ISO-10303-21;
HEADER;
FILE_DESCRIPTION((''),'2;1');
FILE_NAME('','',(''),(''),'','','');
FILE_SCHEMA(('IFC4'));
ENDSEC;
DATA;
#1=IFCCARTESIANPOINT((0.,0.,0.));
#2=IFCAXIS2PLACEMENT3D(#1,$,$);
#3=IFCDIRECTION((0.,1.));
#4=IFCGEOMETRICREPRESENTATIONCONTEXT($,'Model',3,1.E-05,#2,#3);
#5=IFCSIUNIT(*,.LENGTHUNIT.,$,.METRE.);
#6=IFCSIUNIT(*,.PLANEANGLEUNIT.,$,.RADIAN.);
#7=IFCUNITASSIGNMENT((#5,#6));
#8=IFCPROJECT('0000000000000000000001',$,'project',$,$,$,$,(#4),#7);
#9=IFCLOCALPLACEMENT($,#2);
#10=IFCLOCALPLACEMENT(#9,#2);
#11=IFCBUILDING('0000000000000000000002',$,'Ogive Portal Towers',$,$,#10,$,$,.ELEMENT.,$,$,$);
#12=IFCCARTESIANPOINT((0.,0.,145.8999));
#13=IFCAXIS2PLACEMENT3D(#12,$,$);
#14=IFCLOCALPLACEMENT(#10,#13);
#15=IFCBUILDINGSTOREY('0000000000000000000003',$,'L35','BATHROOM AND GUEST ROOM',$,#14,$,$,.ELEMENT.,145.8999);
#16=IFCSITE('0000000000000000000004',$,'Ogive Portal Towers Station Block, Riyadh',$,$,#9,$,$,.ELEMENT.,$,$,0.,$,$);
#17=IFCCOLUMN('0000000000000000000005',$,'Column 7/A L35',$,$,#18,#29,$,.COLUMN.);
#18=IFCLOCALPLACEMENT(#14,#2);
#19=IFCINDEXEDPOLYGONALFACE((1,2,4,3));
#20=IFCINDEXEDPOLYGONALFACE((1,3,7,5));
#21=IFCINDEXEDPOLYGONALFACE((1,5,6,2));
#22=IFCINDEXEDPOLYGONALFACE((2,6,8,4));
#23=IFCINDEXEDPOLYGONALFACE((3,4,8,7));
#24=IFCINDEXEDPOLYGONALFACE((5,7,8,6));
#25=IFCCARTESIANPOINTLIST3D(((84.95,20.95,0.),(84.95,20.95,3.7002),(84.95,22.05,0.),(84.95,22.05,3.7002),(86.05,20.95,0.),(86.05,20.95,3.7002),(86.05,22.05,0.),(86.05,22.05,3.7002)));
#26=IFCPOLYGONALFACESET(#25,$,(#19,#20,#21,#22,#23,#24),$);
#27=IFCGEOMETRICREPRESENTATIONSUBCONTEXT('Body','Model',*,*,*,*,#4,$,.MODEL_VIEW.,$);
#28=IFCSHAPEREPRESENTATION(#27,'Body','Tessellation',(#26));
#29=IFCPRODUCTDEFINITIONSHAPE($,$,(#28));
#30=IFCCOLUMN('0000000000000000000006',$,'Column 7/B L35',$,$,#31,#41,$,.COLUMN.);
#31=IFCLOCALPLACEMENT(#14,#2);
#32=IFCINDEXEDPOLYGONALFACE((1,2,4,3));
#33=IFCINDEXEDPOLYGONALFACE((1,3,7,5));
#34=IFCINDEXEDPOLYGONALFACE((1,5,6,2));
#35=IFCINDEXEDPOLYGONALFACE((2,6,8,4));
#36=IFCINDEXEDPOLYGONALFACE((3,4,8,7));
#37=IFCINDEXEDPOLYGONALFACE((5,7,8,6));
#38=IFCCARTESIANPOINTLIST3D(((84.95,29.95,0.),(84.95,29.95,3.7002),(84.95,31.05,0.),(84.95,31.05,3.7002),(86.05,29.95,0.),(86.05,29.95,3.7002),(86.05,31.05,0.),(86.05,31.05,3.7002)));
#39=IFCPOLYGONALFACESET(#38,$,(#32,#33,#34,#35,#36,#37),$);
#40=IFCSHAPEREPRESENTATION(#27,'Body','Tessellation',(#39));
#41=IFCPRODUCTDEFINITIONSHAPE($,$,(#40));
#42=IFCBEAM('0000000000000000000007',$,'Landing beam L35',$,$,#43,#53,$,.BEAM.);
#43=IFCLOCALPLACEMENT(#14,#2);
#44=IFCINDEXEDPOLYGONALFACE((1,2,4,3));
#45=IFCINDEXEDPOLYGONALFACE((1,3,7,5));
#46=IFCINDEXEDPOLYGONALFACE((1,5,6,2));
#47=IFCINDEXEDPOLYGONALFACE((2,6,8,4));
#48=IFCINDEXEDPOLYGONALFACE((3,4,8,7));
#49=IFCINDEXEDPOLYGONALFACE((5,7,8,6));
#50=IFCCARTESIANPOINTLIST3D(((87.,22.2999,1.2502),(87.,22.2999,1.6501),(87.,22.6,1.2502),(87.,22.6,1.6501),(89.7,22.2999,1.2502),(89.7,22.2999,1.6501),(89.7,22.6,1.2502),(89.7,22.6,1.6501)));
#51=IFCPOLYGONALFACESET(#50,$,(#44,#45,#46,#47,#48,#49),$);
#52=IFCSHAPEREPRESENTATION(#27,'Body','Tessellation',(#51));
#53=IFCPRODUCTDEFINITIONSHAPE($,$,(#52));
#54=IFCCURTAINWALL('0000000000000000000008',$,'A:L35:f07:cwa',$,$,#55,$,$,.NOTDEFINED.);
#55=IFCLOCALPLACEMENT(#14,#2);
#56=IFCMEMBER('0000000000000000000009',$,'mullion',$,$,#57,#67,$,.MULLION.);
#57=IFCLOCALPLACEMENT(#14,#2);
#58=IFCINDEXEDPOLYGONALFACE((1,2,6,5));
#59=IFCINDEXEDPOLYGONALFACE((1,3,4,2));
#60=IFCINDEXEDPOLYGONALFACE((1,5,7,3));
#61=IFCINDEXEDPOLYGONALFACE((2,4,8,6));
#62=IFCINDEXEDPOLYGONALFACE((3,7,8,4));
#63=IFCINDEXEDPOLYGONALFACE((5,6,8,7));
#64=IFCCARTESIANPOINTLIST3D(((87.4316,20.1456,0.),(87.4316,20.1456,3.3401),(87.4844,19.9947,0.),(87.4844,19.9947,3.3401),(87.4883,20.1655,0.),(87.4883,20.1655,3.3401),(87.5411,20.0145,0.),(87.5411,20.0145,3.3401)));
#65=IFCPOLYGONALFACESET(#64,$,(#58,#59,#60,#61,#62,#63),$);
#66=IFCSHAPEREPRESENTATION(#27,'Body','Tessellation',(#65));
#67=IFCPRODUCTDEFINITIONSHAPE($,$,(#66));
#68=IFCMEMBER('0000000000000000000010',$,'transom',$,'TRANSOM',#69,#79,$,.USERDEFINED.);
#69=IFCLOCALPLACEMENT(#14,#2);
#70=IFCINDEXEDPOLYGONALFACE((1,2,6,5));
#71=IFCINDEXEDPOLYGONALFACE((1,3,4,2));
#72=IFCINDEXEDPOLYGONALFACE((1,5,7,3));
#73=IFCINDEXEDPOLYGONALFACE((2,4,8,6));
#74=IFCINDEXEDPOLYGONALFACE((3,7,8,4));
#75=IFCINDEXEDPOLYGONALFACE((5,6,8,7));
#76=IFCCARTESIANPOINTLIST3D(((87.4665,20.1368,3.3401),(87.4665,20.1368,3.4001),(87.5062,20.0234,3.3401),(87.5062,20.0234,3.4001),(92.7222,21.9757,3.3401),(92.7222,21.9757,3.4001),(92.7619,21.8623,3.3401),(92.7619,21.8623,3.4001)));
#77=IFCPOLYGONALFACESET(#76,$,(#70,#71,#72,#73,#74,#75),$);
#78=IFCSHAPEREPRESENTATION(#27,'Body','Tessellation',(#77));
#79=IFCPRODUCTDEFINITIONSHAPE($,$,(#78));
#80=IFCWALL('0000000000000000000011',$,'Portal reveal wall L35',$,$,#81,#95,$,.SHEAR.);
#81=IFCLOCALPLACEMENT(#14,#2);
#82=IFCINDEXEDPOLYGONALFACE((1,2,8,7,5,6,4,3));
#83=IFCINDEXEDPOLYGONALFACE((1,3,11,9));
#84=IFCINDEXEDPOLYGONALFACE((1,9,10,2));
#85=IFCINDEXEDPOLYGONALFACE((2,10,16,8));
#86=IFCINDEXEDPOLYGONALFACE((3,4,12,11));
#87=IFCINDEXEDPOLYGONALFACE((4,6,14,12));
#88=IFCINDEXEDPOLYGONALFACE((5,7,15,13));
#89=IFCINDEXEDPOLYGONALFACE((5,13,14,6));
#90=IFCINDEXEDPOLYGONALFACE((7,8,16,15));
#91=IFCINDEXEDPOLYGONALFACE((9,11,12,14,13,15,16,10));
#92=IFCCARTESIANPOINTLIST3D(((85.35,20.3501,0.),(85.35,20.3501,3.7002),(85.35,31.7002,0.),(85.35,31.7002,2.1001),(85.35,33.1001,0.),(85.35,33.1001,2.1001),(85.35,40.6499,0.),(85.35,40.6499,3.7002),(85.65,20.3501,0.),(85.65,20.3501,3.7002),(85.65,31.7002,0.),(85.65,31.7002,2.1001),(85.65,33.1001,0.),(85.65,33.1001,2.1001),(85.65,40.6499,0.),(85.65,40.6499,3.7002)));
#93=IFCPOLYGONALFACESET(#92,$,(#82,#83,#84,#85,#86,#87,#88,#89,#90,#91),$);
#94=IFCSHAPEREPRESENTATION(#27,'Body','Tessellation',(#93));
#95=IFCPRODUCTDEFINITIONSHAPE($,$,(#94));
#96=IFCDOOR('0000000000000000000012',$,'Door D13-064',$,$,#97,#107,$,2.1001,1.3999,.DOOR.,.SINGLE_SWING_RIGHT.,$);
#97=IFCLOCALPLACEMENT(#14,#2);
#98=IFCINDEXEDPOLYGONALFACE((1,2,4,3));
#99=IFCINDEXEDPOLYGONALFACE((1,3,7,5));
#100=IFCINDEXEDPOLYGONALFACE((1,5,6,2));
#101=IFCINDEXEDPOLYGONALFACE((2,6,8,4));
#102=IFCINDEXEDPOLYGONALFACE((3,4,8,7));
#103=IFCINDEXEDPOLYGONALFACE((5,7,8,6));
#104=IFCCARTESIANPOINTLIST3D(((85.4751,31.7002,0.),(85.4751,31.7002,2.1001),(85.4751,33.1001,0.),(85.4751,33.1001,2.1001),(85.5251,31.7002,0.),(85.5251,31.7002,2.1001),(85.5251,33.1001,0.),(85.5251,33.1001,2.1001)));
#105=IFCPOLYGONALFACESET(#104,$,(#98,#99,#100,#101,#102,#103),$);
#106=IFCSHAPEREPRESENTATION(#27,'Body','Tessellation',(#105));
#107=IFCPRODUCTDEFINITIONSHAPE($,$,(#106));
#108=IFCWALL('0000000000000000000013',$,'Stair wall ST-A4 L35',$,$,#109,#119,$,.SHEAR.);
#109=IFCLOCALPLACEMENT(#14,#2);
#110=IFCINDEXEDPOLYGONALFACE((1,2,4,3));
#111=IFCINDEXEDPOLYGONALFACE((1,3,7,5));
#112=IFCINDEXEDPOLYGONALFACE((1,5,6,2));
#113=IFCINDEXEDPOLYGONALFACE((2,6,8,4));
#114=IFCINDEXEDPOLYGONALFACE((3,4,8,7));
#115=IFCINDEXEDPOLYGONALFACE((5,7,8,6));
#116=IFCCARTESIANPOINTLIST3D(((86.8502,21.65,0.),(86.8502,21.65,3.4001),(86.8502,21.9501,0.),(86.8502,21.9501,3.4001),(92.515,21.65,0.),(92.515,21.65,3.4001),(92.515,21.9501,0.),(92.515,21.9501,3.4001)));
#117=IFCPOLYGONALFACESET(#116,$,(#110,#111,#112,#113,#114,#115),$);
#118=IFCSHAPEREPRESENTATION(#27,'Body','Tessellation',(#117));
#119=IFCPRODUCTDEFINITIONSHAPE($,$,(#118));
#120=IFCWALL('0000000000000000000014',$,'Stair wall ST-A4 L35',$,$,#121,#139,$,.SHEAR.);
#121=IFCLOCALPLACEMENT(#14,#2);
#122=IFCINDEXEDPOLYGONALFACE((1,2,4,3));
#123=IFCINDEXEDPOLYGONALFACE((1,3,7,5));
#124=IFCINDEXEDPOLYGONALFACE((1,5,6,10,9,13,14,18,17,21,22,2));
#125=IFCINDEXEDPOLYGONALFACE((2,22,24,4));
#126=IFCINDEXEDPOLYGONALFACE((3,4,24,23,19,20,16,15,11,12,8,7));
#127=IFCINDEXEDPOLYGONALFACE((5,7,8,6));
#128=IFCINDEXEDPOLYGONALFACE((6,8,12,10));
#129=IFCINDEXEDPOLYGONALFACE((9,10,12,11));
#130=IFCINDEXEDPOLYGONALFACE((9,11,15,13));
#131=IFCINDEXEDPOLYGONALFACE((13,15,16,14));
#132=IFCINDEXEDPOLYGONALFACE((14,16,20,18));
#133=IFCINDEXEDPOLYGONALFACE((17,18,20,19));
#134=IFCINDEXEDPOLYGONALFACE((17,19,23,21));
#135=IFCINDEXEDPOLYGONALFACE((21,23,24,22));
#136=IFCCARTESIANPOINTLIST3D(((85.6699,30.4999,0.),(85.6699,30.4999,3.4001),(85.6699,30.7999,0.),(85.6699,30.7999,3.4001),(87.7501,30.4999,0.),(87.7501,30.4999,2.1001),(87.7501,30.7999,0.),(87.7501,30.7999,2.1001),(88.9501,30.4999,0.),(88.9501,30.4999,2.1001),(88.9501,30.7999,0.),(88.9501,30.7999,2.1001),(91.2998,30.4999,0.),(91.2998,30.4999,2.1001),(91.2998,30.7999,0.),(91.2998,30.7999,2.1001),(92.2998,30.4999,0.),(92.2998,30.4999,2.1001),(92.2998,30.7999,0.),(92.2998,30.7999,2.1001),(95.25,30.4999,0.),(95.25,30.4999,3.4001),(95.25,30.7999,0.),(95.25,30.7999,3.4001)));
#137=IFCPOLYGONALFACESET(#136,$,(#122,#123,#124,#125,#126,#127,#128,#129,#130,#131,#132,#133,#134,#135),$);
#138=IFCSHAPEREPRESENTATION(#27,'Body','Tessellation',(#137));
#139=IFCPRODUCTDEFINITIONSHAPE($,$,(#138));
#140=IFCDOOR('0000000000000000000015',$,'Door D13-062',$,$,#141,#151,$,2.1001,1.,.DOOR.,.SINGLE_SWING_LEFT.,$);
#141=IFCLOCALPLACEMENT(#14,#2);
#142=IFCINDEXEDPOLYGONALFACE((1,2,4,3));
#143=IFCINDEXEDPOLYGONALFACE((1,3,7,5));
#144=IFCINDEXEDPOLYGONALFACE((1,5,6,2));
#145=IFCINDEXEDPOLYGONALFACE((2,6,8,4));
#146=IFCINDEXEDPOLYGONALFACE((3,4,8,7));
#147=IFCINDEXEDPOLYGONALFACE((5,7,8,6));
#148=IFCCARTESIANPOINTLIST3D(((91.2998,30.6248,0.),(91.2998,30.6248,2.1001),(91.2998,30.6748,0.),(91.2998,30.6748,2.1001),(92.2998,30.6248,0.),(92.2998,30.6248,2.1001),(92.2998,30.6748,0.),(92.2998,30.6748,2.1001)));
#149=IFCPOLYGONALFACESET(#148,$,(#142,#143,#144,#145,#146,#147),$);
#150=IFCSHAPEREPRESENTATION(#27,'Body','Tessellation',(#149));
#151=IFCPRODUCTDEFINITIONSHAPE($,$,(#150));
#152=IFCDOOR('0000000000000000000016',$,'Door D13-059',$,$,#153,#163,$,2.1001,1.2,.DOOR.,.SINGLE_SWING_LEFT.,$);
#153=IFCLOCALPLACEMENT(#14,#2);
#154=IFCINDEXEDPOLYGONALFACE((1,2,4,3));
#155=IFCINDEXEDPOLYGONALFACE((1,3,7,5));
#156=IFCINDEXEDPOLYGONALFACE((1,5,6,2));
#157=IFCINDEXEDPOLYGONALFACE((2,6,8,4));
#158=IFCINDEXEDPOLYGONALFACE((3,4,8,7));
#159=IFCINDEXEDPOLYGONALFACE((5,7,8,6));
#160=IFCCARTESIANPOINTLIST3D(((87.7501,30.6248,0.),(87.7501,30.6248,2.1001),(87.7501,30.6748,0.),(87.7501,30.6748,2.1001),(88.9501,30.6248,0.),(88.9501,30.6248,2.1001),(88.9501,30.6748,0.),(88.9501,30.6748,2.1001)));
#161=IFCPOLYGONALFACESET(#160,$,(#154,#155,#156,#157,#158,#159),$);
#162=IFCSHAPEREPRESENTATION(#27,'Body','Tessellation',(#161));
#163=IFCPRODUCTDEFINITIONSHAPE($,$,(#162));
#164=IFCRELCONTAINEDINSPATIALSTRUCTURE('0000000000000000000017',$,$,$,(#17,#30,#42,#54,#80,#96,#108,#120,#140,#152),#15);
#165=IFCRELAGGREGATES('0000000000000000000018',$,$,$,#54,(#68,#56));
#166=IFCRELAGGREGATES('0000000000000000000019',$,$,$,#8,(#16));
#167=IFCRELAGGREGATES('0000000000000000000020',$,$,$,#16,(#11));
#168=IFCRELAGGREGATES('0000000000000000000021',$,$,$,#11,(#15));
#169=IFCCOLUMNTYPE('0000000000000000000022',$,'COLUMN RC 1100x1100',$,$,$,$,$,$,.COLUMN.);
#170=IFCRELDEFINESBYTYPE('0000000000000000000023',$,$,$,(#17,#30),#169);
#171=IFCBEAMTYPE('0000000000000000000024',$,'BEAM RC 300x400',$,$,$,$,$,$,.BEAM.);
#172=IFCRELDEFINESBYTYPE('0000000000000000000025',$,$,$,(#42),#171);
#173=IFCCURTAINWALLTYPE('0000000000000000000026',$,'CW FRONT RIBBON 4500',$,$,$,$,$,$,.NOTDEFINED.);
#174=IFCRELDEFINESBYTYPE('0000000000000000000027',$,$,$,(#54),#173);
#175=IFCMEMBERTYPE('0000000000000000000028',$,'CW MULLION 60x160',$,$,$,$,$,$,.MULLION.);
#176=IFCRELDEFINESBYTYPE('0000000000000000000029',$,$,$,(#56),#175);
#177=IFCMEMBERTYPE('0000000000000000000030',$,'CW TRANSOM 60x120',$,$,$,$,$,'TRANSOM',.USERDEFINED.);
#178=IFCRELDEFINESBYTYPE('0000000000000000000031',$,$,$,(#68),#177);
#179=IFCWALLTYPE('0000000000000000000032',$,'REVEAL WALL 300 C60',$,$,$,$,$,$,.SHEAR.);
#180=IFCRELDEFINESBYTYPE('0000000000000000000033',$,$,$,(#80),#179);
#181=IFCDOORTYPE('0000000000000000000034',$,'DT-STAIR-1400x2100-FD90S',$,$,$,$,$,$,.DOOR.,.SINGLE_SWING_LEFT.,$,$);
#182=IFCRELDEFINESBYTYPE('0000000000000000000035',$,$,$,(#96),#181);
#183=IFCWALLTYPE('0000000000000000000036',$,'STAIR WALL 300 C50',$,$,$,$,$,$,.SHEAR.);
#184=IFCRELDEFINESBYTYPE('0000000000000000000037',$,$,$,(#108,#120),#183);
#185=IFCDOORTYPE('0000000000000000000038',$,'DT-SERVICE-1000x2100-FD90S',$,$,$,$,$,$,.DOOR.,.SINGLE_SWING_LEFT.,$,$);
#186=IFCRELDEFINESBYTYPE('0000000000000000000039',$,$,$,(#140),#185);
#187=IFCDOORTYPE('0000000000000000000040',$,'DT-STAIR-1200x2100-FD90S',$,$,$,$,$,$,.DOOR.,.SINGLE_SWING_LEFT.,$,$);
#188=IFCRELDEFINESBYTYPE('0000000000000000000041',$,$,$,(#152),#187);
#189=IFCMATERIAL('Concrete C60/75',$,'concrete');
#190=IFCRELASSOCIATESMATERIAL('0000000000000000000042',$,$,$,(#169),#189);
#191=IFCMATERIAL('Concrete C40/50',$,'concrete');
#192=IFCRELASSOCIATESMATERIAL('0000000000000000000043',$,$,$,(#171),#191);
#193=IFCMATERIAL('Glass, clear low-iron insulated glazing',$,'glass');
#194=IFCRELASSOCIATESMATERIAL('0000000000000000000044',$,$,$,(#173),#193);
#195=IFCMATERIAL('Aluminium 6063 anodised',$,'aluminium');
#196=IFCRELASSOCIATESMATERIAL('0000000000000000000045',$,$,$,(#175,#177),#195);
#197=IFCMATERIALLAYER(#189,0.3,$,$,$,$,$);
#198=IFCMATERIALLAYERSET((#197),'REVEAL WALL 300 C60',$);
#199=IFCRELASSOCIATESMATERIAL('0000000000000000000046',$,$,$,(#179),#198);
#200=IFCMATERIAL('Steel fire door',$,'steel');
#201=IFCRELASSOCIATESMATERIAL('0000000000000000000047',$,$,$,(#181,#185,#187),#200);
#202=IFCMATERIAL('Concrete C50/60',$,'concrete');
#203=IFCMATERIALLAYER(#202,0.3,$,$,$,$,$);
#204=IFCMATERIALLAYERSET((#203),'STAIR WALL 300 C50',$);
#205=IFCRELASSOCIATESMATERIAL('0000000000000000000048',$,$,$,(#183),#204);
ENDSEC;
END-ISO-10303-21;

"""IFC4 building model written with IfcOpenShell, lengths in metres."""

from ifc_helpers import new_model, si_unit, direction, frame, frame_2d, origin, origin_2d, place, context, subcontext, project, spatial, rectangle, extrude, material, layer, layer_set, material_profile, profile_set, type_object, element, fill, aggregate, save


model = new_model("IFC4")

# Units and contexts
model_context = context("Model", 3, precision=1e-05, world=origin(), true_north=direction((0.0, 1.0)))
body_context = subcontext(model_context, "Body", "Model", "MODEL_VIEW")
ifc_project = project(units=[si_unit("LENGTHUNIT", "METRE"), si_unit("PLANEANGLEUNIT", "RADIAN")], contexts=[model_context])

# Site, building, storey
site_placement = place(None, origin())
site = spatial("IfcSite", under=ifc_project, at=site_placement, Name="Ogive Portal Towers Station Block, Riyadh", CompositionType="ELEMENT", RefElevation=0.0)
building_placement = place(site_placement, origin())
building = spatial("IfcBuilding", under=site, at=building_placement, Name="Ogive Portal Towers", CompositionType="ELEMENT")
storey_placement = place(building_placement, frame((0.0, 0.0, 145.8999)))
storey = spatial("IfcBuildingStorey", under=building, at=storey_placement, Name="L35", Description="BATHROOM AND GUEST ROOM", CompositionType="ELEMENT", Elevation=145.8999)

# Columns
ifc_material_1 = material(Name="Concrete C60/75", Category="concrete")
ifc_material_profile_1 = material_profile(ifc_material_1, rectangle(XDim=1.1001, YDim=1.1001, at=origin_2d()), Name="RC 1100x1100")
ifc_profile_set_1 = profile_set([ifc_material_profile_1], Name="Concrete C60/75")
column_type = type_object("IfcColumnType", Name="COLUMN RC 1100x1100", PredefinedType="COLUMN", material=ifc_profile_set_1)
for number, where, z_axis, x_axis, name in (
    (1, (85.5, 21.5, 0.0), (0.0, 0.0, 1.0), (1.0, 0.0, 0.0), "Column 7/A L35"),
    (2, (85.5, 30.5, 0.0), (0.0, 0.0, 1.0), (1.0, 0.0, 0.0), "Column 7/B L35"),
):
    element("IfcColumn", number, at=place(storey_placement, frame(where, z_axis=z_axis, x_axis=x_axis)), inside=storey, type_object=column_type, Name=name, PredefinedType="COLUMN", context=body_context, shape_type="SweptSolid", body=[
        extrude(rectangle(XDim=1.1001, YDim=1.1001, at=origin_2d()), origin(), (0.0, 0.0, 1.0), 3.7002),
    ])

# Beam
ifc_material_2 = material(Name="Concrete C40/50", Category="concrete")
ifc_material_profile_2 = material_profile(ifc_material_2, rectangle(XDim=0.3, YDim=0.3999, at=origin_2d()), Name="RC 300x400")
ifc_profile_set_2 = profile_set([ifc_material_profile_2], Name="Concrete C40/50")
beam_type = type_object("IfcBeamType", Name="BEAM RC 300x400", PredefinedType="BEAM", material=ifc_profile_set_2)
beam_placement = place(storey_placement, frame((87.0, 22.45, 1.4502), z_axis=(1.0, 0.0, 0.0), x_axis=(0.0, 1.0, 0.0)))
element("IfcBeam", 3, at=beam_placement, inside=storey, type_object=beam_type, Name="Landing beam L35", PredefinedType="BEAM", context=body_context, shape_type="SweptSolid", body=[
    extrude(rectangle(XDim=0.3, YDim=0.3999, at=origin_2d()), origin(), (0.0, 0.0, 1.0), 2.7),
])

# Curtain wall, members
ifc_material_3 = material(Name="Glass, clear low-iron insulated glazing", Category="glass")
curtain_wall_type = type_object("IfcCurtainWallType", Name="CW FRONT RIBBON 4500", PredefinedType="NOTDEFINED", material=ifc_material_3)
curtain_wall_placement = place(storey_placement, origin())
curtain_wall = element("IfcCurtainWall", 4, at=curtain_wall_placement, inside=storey, type_object=curtain_wall_type, Name="A:L35:f07:cwa", PredefinedType="NOTDEFINED")
ifc_material_4 = material(Name="Aluminium 6063 anodised", Category="aluminium")
ifc_material_profile_3 = material_profile(ifc_material_4, rectangle(XDim=0.1599, YDim=0.0601, at=origin_2d()), Name="AL 60x160")
ifc_profile_set_3 = profile_set([ifc_material_profile_3], Name="Aluminium 6063 anodised")
member_type_1 = type_object("IfcMemberType", Name="CW MULLION 60x160", PredefinedType="MULLION", material=ifc_profile_set_3)
member_1_placement = place(storey_placement, frame((87.4863, 20.0801, 0.0), z_axis=(0.0, 0.0, 1.0), x_axis=(-0.330279, 0.943883, 0.0)))
member_1 = element("IfcMember", 5, at=member_1_placement, type_object=member_type_1, Name="mullion", PredefinedType="MULLION", context=body_context, shape_type="SweptSolid", body=[
    extrude(rectangle(XDim=0.1599, YDim=0.0601, at=origin_2d()), origin(), (0.0, 0.0, 1.0), 3.3401),
])
ifc_material_profile_4 = material_profile(ifc_material_4, rectangle(XDim=0.1201, YDim=0.0601, at=origin_2d()), Name="AL 120x60")
ifc_profile_set_4 = profile_set([ifc_material_profile_4], Name="Aluminium 6063 anodised")
member_type_2 = type_object("IfcMemberType", Name="CW TRANSOM 60x120", ElementType="TRANSOM", PredefinedType="USERDEFINED", material=ifc_profile_set_4)
member_2_placement = place(storey_placement, frame((87.4863, 20.0801, 3.3701), z_axis=(0.943892, 0.330255, 0.0), x_axis=(-0.330255, 0.943892, 0.0)))
member_2 = element("IfcMember", 6, at=member_2_placement, type_object=member_type_2, Name="transom", ObjectType="TRANSOM", PredefinedType="USERDEFINED", context=body_context, shape_type="SweptSolid", body=[
    extrude(rectangle(XDim=0.1201, YDim=0.0601, at=origin_2d()), origin(), (0.0, 0.0, 1.0), 5.5681),
])
aggregate(curtain_wall, [member_2, member_1])

# Wall, opening, door
ifc_layer_1 = layer(ifc_material_1, 0.3)
ifc_layer_set_1 = layer_set([ifc_layer_1], Name="REVEAL WALL 300 C60")
wall_type_1 = type_object("IfcWallType", Name="REVEAL WALL 300 C60", PredefinedType="SHEAR", material=ifc_layer_set_1)
wall_1_placement = place(storey_placement, frame((85.5, 20.3501, 0.0), z_axis=(0.0, 0.0, 1.0), x_axis=(0.0, 1.0, 0.0)))
wall_1 = element("IfcWall", 7, at=wall_1_placement, inside=storey, type_object=wall_type_1, Name="Portal reveal wall L35", PredefinedType="SHEAR", context=body_context, shape_type="SweptSolid", body=[
    extrude(rectangle(XDim=20.2998, YDim=0.3, at=frame_2d((10.1499, 0.0))), origin(), (0.0, 0.0, 1.0), 3.7002),
])
opening_1_placement = place(wall_1_placement, frame((11.3501, 0.0, 0.0)))
opening_1 = element("IfcOpeningElement", 8, at=opening_1_placement, cuts=wall_1, PredefinedType="OPENING", context=body_context, shape_type="SweptSolid", body=[
    extrude(rectangle(XDim=1.3999, YDim=2.1001, at=frame_2d((0.7, 1.05))), frame((0.0, 0.1602, 0.0), z_axis=(0.0, -1.0, 0.0), x_axis=(1.0, 0.0, 0.0)), (0.0, 0.0, 1.0), 0.3201),
])
ifc_material_5 = material(Name="Steel fire door", Category="steel")
door_type_1 = type_object("IfcDoorType", Name="DT-STAIR-1400x2100-FD90S", OperationType="SINGLE_SWING_LEFT", PredefinedType="DOOR", material=ifc_material_5)
door_1_placement = place(opening_1_placement, origin())
door_1 = element("IfcDoor", 9, at=door_1_placement, inside=storey, type_object=door_type_1, Name="Door D13-064", OperationType="SINGLE_SWING_RIGHT", OverallHeight=2.1001, OverallWidth=1.3999, PredefinedType="DOOR", context=body_context, shape_type="SweptSolid", body=[
    extrude(rectangle(XDim=1.3999, YDim=2.1001, at=frame_2d((0.7, 1.05))), frame((0.0, 0.0249, 0.0), z_axis=(0.0, -1.0, 0.0), x_axis=(1.0, 0.0, 0.0)), (0.0, 0.0, 1.0), 0.05),
])
fill(opening_1, door_1)

# Wall
ifc_material_6 = material(Name="Concrete C50/60", Category="concrete")
ifc_layer_2 = layer(ifc_material_6, 0.3)
ifc_layer_set_2 = layer_set([ifc_layer_2], Name="STAIR WALL 300 C50")
wall_type_2 = type_object("IfcWallType", Name="STAIR WALL 300 C50", PredefinedType="SHEAR", material=ifc_layer_set_2)
wall_2_placement = place(storey_placement, frame((86.8501, 21.8, 0.0), z_axis=(0.0, 0.0, 1.0), x_axis=(1.0, 0.0, 0.0)))
element("IfcWall", 10, at=wall_2_placement, inside=storey, type_object=wall_type_2, Name="Stair wall ST-A4 L35", PredefinedType="SHEAR", context=body_context, shape_type="SweptSolid", body=[
    extrude(rectangle(XDim=5.6648, YDim=0.3, at=frame_2d((2.8325, 0.0))), origin(), (0.0, 0.0, 1.0), 3.4001),
])

# Wall, openings, doors
wall_3_placement = place(storey_placement, frame((85.6699, 30.6499, 0.0), z_axis=(0.0, 0.0, 1.0), x_axis=(1.0, 0.0, 0.0)))
wall_3 = element("IfcWall", 11, at=wall_3_placement, inside=storey, type_object=wall_type_2, Name="Stair wall ST-A4 L35", PredefinedType="SHEAR", context=body_context, shape_type="SweptSolid", body=[
    extrude(rectangle(XDim=9.5801, YDim=0.3, at=frame_2d((4.79, 0.0))), origin(), (0.0, 0.0, 1.0), 3.4001),
])
opening_2_placement = place(wall_3_placement, frame((2.0801, 0.0, 0.0)))
opening_2 = element("IfcOpeningElement", 12, at=opening_2_placement, cuts=wall_3, PredefinedType="OPENING", context=body_context, shape_type="SweptSolid", body=[
    extrude(rectangle(XDim=1.2, YDim=2.1001, at=frame_2d((0.6001, 1.05))), frame((0.0, 0.1602, 0.0), z_axis=(0.0, -1.0, 0.0), x_axis=(1.0, 0.0, 0.0)), (0.0, 0.0, 1.0), 0.3201),
])
opening_3_placement = place(wall_3_placement, frame((5.6299, 0.0, 0.0)))
opening_3 = element("IfcOpeningElement", 13, at=opening_3_placement, cuts=wall_3, PredefinedType="OPENING", context=body_context, shape_type="SweptSolid", body=[
    extrude(rectangle(XDim=1.0, YDim=2.1001, at=frame_2d((0.5, 1.05))), frame((0.0, 0.1602, 0.0), z_axis=(0.0, -1.0, 0.0), x_axis=(1.0, 0.0, 0.0)), (0.0, 0.0, 1.0), 0.3201),
])
door_type_2 = type_object("IfcDoorType", Name="DT-SERVICE-1000x2100-FD90S", OperationType="SINGLE_SWING_LEFT", PredefinedType="DOOR", material=ifc_material_5)
door_2_placement = place(opening_3_placement, origin())
door_2 = element("IfcDoor", 14, at=door_2_placement, inside=storey, type_object=door_type_2, Name="Door D13-062", OperationType="SINGLE_SWING_LEFT", OverallHeight=2.1001, OverallWidth=1.0, PredefinedType="DOOR", context=body_context, shape_type="SweptSolid", body=[
    extrude(rectangle(XDim=1.0, YDim=2.1001, at=frame_2d((0.5, 1.05))), frame((0.0, 0.0249, 0.0), z_axis=(0.0, -1.0, 0.0), x_axis=(1.0, 0.0, 0.0)), (0.0, 0.0, 1.0), 0.05),
])
fill(opening_3, door_2)
door_type_3 = type_object("IfcDoorType", Name="DT-STAIR-1200x2100-FD90S", OperationType="SINGLE_SWING_LEFT", PredefinedType="DOOR", material=ifc_material_5)
door_3_placement = place(opening_2_placement, origin())
door_3 = element("IfcDoor", 15, at=door_3_placement, inside=storey, type_object=door_type_3, Name="Door D13-059", OperationType="SINGLE_SWING_LEFT", OverallHeight=2.1001, OverallWidth=1.2, PredefinedType="DOOR", context=body_context, shape_type="SweptSolid", body=[
    extrude(rectangle(XDim=1.2, YDim=2.1001, at=frame_2d((0.6001, 1.05))), frame((0.0, 0.0249, 0.0), z_axis=(0.0, -1.0, 0.0), x_axis=(1.0, 0.0, 0.0)), (0.0, 0.0, 1.0), 0.05),
])
fill(opening_2, door_3)

save(model, "model.ifc")
